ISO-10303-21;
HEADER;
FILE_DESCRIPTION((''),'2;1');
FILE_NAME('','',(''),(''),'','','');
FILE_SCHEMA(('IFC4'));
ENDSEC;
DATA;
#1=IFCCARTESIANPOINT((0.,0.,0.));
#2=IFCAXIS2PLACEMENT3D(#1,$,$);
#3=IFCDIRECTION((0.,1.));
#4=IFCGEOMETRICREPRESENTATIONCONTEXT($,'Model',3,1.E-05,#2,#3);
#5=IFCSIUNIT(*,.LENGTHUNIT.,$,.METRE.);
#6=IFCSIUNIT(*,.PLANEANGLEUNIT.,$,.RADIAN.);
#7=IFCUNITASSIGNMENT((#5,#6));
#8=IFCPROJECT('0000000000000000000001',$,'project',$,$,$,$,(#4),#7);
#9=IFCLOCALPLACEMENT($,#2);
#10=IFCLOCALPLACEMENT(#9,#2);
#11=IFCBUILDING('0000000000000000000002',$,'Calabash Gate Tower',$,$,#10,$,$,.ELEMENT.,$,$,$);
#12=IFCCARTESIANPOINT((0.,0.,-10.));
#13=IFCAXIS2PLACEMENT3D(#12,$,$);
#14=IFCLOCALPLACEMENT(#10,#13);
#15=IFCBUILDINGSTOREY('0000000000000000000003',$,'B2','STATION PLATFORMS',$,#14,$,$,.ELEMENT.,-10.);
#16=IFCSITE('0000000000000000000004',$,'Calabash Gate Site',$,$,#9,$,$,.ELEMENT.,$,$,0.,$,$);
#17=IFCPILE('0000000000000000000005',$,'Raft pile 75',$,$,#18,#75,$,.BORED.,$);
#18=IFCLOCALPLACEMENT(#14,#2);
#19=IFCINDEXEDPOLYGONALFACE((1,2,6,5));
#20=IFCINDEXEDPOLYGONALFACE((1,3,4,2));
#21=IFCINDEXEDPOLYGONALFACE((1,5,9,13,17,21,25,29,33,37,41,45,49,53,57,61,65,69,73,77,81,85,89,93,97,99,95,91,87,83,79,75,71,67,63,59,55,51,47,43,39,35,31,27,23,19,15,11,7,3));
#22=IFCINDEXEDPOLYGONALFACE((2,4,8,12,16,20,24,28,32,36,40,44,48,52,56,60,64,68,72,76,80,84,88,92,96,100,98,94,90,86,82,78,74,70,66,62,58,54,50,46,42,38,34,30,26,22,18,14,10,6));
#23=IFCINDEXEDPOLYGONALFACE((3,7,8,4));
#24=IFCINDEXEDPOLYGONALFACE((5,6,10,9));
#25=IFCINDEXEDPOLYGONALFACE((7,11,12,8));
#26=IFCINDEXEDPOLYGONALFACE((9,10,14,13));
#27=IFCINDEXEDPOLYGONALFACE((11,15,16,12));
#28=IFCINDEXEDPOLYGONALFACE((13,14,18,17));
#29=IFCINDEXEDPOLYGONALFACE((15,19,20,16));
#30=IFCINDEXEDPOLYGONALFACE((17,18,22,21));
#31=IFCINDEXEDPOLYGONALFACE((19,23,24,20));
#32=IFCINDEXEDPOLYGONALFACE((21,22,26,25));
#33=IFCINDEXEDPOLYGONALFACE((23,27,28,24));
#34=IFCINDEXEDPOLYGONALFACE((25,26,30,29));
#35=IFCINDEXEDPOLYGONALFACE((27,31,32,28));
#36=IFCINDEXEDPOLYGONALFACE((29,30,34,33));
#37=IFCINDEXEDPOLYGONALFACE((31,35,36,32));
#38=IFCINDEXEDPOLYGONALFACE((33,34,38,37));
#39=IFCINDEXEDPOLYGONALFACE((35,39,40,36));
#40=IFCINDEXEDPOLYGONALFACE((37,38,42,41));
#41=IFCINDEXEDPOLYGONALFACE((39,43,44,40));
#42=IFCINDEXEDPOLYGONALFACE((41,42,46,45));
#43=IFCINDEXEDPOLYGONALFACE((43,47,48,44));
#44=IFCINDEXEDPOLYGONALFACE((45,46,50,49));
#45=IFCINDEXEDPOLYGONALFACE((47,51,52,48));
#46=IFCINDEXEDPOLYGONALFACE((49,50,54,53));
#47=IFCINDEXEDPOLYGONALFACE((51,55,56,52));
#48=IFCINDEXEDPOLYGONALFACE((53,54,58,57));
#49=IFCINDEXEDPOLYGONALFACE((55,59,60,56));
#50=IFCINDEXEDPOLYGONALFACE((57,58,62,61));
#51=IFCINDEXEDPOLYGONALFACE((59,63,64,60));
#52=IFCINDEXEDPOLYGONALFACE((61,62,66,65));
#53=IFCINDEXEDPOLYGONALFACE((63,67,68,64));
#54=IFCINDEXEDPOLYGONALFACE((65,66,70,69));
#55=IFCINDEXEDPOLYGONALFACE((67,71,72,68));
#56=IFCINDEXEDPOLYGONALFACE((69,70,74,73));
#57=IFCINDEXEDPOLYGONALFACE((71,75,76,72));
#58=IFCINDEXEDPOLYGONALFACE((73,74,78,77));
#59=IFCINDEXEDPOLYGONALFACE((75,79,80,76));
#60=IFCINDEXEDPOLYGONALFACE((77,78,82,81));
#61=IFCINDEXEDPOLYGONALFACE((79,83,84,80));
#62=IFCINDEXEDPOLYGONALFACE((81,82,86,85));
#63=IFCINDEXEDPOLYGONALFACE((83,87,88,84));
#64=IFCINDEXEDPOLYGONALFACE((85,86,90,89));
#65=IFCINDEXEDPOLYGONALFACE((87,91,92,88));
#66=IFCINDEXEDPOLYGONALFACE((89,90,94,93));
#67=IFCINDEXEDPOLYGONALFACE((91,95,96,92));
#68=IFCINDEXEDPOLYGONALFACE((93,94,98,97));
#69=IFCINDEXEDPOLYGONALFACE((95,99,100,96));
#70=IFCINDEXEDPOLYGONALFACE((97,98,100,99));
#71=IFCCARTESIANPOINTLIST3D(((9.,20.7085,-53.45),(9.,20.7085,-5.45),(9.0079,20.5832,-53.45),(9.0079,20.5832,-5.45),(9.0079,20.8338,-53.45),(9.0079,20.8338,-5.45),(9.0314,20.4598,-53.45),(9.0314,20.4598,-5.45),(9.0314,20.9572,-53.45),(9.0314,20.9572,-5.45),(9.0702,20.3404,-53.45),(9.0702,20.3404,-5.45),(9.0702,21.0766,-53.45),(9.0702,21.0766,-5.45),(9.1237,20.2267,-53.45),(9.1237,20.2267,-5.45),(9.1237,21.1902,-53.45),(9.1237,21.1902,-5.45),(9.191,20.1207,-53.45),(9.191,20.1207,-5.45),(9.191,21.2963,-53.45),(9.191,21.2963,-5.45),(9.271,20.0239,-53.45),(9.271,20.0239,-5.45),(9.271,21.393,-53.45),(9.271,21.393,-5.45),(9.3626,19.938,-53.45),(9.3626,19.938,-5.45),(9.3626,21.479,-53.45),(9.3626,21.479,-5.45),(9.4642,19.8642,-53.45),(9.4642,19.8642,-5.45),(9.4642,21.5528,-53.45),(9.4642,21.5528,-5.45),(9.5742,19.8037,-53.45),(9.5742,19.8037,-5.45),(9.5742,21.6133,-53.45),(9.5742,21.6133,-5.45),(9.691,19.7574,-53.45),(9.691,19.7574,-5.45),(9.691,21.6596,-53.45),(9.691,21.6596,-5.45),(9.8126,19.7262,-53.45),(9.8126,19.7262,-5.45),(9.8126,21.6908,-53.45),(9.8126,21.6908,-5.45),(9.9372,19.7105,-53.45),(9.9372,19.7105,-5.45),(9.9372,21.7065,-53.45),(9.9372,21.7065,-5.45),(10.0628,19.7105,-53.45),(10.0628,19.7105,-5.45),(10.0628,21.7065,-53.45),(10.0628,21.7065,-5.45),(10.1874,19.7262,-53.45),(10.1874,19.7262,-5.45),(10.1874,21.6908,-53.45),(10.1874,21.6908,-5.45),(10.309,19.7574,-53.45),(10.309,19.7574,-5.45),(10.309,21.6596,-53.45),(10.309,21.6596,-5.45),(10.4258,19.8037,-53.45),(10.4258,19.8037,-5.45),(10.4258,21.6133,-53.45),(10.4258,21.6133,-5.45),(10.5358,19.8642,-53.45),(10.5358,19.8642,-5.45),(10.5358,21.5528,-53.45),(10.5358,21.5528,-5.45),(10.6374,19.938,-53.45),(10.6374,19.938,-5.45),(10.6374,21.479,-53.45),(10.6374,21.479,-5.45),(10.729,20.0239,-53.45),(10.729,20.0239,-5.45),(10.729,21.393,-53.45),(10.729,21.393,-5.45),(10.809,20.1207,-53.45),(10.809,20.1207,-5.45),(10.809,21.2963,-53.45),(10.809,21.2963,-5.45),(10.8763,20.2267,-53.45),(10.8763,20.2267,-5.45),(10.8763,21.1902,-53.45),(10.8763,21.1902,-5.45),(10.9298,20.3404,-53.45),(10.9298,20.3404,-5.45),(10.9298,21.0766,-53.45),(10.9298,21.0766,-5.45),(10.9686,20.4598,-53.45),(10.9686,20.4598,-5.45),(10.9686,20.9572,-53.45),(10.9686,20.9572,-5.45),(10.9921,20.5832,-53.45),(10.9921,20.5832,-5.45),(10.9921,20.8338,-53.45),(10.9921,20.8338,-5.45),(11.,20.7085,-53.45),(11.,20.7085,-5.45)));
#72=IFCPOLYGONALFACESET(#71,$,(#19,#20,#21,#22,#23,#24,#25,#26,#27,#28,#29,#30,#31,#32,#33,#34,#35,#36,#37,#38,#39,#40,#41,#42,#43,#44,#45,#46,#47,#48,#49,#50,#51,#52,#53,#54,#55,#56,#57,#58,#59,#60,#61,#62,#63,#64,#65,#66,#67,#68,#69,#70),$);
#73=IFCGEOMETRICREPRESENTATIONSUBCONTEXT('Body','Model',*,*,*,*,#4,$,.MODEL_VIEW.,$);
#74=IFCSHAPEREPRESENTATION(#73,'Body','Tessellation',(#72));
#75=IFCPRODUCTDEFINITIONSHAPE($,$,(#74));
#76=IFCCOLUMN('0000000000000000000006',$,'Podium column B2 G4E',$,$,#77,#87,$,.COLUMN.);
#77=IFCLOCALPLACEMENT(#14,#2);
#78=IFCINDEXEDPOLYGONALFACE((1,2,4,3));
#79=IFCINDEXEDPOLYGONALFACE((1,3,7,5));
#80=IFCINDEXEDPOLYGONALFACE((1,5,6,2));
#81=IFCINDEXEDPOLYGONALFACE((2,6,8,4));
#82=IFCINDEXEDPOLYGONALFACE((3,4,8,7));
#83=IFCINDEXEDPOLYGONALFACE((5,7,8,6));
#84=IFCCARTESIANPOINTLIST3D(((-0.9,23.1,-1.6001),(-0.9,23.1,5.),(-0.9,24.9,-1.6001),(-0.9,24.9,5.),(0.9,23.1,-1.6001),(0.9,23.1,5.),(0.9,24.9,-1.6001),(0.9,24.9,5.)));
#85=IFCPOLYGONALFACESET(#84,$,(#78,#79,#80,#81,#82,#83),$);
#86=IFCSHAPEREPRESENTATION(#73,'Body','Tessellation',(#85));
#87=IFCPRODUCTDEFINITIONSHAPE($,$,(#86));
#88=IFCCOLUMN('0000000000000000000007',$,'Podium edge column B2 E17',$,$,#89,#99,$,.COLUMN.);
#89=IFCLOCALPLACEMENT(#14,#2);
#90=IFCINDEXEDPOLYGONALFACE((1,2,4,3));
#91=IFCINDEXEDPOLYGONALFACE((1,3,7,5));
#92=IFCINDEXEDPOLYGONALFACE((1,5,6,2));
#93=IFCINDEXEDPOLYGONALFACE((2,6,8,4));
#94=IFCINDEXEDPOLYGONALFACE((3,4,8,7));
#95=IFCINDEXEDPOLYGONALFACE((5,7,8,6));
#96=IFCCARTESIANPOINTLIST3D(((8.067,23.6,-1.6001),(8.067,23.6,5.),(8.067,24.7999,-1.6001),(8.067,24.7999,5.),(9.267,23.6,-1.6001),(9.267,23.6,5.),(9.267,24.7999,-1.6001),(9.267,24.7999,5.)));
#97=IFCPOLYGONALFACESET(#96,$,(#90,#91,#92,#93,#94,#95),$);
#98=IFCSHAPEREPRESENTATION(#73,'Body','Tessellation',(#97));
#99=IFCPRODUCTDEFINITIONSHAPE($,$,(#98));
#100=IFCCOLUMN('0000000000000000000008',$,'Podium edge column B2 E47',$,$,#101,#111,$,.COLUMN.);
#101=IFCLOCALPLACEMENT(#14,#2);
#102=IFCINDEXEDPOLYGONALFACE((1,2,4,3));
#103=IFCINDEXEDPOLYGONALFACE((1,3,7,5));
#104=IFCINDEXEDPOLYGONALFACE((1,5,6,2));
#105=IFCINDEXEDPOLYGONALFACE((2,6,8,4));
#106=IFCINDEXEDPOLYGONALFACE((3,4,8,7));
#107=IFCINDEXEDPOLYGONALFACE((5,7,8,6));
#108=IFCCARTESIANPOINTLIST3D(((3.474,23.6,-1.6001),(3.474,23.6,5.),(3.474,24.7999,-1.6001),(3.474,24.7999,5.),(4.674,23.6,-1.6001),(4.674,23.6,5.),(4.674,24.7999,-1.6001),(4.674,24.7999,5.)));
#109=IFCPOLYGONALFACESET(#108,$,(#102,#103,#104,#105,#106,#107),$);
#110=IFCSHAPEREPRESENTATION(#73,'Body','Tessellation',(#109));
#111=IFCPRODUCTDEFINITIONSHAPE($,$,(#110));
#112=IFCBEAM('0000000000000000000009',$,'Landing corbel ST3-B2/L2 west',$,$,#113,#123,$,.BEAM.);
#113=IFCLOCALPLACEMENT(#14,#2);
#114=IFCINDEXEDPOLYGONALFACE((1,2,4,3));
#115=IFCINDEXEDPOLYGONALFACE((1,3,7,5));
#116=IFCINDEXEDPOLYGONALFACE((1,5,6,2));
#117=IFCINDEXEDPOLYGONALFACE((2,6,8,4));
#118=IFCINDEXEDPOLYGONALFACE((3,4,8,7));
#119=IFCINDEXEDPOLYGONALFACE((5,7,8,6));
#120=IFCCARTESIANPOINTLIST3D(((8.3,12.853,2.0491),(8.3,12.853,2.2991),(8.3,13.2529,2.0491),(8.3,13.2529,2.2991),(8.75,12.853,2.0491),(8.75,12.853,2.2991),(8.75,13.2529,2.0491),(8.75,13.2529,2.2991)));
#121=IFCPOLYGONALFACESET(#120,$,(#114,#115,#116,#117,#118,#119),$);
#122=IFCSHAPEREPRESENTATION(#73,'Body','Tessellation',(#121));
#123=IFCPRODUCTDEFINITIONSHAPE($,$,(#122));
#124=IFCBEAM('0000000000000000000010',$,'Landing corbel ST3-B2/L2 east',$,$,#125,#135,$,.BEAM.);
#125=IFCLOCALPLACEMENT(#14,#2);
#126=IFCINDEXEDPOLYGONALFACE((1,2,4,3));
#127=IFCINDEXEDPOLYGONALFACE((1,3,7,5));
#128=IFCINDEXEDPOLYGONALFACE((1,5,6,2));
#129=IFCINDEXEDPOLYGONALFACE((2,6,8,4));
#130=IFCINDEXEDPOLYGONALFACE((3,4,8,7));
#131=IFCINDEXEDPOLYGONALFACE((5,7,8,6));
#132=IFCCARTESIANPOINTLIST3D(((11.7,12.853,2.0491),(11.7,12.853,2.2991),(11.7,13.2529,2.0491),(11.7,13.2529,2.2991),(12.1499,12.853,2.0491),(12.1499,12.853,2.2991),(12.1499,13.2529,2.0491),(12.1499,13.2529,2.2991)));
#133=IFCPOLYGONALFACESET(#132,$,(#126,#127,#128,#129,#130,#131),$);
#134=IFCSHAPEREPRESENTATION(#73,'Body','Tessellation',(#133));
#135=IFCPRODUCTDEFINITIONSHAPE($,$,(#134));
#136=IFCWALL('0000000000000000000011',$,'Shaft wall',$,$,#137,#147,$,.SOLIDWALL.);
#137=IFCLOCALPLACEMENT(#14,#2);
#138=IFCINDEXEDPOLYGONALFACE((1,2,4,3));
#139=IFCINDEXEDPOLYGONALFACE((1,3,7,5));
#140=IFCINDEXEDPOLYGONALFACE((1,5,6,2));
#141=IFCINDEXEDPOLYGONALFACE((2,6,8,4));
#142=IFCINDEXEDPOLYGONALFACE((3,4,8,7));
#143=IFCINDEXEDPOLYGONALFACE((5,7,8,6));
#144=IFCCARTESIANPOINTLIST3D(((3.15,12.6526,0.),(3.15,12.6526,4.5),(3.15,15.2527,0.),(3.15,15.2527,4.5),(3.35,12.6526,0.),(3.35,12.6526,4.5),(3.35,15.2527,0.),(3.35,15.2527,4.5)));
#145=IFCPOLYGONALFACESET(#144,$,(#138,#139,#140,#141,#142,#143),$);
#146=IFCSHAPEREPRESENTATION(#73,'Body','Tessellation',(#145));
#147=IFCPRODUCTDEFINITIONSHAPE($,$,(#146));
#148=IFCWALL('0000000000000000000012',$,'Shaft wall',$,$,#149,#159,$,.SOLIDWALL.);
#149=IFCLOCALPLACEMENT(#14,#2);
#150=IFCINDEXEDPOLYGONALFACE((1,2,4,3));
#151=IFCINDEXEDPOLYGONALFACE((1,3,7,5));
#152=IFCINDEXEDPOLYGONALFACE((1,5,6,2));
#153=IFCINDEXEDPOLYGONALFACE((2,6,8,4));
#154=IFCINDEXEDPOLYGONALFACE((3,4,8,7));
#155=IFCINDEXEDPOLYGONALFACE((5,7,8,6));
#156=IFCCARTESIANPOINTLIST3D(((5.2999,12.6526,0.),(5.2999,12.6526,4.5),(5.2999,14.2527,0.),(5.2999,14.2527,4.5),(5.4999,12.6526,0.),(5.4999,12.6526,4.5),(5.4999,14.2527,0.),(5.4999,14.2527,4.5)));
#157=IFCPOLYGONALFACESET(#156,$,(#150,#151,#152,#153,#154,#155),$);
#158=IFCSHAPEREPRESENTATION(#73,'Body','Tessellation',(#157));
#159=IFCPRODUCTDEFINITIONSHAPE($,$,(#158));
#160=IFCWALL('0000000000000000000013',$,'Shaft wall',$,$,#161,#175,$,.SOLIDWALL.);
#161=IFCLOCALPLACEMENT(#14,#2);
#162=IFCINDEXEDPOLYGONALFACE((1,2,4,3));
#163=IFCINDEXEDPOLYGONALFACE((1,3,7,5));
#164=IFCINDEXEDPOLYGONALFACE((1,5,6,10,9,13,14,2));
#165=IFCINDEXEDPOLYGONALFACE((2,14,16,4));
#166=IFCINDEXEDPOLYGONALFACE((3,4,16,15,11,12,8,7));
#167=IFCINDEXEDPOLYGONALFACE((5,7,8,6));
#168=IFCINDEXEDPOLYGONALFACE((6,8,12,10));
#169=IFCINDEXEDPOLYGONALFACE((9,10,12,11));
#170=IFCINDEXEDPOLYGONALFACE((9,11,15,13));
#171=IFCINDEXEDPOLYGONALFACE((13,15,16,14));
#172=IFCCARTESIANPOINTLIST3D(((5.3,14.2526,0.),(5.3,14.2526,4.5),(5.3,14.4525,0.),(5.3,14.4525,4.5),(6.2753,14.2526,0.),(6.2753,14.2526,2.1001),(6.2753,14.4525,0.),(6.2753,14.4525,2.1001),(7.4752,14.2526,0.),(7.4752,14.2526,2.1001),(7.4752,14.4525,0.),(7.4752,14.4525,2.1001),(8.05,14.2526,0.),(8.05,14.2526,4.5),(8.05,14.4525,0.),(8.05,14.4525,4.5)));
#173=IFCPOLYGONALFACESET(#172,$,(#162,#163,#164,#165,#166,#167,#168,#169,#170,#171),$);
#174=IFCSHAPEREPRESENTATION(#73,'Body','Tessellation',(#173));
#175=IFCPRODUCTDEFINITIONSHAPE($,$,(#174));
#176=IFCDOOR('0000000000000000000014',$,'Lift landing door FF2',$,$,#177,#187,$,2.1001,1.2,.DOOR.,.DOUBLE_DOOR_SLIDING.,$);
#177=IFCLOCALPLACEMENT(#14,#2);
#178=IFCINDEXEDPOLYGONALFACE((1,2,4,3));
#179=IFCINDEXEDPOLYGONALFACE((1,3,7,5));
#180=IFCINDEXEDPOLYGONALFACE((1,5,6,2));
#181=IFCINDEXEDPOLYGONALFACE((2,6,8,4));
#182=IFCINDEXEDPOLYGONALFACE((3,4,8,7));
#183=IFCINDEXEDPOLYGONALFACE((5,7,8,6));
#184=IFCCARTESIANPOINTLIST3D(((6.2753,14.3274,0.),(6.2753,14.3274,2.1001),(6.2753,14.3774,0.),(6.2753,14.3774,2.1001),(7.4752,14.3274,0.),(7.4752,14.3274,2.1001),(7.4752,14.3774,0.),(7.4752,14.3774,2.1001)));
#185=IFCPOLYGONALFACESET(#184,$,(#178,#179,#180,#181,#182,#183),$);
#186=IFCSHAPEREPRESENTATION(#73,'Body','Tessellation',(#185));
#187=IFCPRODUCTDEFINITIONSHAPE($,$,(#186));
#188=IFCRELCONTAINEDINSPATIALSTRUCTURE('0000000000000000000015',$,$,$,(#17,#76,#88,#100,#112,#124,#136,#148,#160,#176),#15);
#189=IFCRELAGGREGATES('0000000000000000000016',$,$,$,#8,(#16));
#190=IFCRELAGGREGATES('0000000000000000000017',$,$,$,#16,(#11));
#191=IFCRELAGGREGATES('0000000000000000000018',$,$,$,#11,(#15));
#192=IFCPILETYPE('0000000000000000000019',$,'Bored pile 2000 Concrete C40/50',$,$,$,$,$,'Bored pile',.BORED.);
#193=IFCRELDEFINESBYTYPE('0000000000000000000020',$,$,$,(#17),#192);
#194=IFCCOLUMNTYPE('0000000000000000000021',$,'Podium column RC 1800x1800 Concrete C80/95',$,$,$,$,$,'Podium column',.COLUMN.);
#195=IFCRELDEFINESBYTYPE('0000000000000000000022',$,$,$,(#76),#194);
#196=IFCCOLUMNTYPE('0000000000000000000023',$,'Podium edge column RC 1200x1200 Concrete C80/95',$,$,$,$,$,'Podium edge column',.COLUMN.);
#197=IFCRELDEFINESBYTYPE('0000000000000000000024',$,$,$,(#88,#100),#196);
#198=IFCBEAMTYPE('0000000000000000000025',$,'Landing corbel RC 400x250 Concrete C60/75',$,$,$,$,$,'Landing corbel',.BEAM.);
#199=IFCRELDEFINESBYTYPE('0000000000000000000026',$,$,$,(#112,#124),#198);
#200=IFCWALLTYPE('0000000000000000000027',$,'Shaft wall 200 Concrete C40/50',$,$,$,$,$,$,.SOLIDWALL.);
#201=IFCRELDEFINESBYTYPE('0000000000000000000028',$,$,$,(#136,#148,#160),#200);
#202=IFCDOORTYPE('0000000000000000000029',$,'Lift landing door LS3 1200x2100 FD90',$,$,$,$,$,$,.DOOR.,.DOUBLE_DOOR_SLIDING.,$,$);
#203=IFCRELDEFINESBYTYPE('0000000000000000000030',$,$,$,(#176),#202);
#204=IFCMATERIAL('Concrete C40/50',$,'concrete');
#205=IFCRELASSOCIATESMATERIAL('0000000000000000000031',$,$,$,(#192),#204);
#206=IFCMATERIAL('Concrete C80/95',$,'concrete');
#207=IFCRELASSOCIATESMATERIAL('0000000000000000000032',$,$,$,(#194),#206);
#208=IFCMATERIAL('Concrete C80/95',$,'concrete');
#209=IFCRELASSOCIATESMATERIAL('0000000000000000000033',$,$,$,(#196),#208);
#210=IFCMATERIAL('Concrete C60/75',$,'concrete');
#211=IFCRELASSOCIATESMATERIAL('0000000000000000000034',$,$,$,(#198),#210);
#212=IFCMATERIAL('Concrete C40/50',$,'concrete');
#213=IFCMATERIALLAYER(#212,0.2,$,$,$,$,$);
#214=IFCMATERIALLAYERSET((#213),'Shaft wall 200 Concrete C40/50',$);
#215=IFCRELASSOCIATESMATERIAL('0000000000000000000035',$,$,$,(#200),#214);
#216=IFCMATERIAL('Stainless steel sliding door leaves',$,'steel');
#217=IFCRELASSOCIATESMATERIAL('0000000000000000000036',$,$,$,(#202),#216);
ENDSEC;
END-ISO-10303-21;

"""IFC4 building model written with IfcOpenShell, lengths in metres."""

from ifc_helpers import new_model, si_unit, direction, frame, frame_2d, origin, origin_2d, place, context, subcontext, project, spatial, rectangle, circle, extrude, material, layer, layer_set, material_profile, profile_set, type_object, element, fill, save


model = new_model("IFC4")

# Units and contexts
model_context = context("Model", 3, precision=1e-05, world=origin(), true_north=direction((0.0, 1.0)))
body_context = subcontext(model_context, "Body", "Model", "MODEL_VIEW")
ifc_project = project(units=[si_unit("LENGTHUNIT", "METRE"), si_unit("PLANEANGLEUNIT", "RADIAN")], contexts=[model_context])

# Site, building, storey
site_placement = place(None, origin())
site = spatial("IfcSite", under=ifc_project, at=site_placement, Name="Calabash Gate Site", CompositionType="ELEMENT", RefElevation=0.0)
building_placement = place(site_placement, origin())
building = spatial("IfcBuilding", under=site, at=building_placement, Name="Calabash Gate Tower", CompositionType="ELEMENT")
storey_placement = place(building_placement, frame((0.0, 0.0, -10.0)))
storey = spatial("IfcBuildingStorey", under=building, at=storey_placement, Name="B2", Description="STATION PLATFORMS", CompositionType="ELEMENT", Elevation=-10.0)

# Pile
ifc_material_1 = material(Name="Concrete C40/50", Category="concrete")
ifc_material_profile_1 = material_profile(ifc_material_1, circle(Radius=1.0, at=origin_2d()))
ifc_profile_set_1 = profile_set([ifc_material_profile_1], Name="Concrete C40/50")
pile_type = type_object("IfcPileType", Name="Bored pile 2000 Concrete C40/50", ElementType="Bored pile", PredefinedType="BORED", material=ifc_profile_set_1)
for number, where, z_axis, x_axis, name in (
    (1, (10.0, 20.7085, -5.45), (0.0, 0.0, -1.0), (1.0, 0.0, 0.0), "Raft pile 75"),
):
    element("IfcPile", number, at=place(storey_placement, frame(where, z_axis=z_axis, x_axis=x_axis)), inside=storey, type_object=pile_type, Name=name, PredefinedType="BORED", context=body_context, shape_type="SweptSolid", body=[
        extrude(circle(Radius=1.0, at=origin_2d()), origin(), (0.0, 0.0, 1.0), 48.0),
    ])

# Columns
ifc_material_2 = material(Name="Concrete C80/95", Category="concrete")
ifc_material_profile_2 = material_profile(ifc_material_2, rectangle(XDim=1.8, YDim=1.8, at=origin_2d()))
ifc_profile_set_2 = profile_set([ifc_material_profile_2], Name="Concrete C80/95")
column_type_1 = type_object("IfcColumnType", Name="Podium column RC 1800x1800 Concrete C80/95", ElementType="Podium column", PredefinedType="COLUMN", material=ifc_profile_set_2)
column_placement = place(storey_placement, frame((0.0, 24.0, -1.6001), z_axis=(0.0, 0.0, 1.0), x_axis=(1.0, 0.0, 0.0)))
element("IfcColumn", 2, at=column_placement, inside=storey, type_object=column_type_1, Name="Podium column B2 G4E", PredefinedType="COLUMN", context=body_context, shape_type="SweptSolid", body=[
    extrude(rectangle(XDim=1.8, YDim=1.8, at=origin_2d()), origin(), (0.0, 0.0, 1.0), 6.6001),
])
ifc_material_3 = material(Name="Concrete C80/95", Category="concrete")
ifc_material_profile_3 = material_profile(ifc_material_3, rectangle(XDim=1.2, YDim=1.2, at=origin_2d()))
ifc_profile_set_3 = profile_set([ifc_material_profile_3], Name="Concrete C80/95")
column_type_2 = type_object("IfcColumnType", Name="Podium edge column RC 1200x1200 Concrete C80/95", ElementType="Podium edge column", PredefinedType="COLUMN", material=ifc_profile_set_3)
for number, where, z_axis, x_axis, name in (
    (3, (8.667, 24.2, -1.6001), (0.0, 0.0, 1.0), (1.0, 0.0, 0.0), "Podium edge column B2 E17"),
    (4, (4.074, 24.2, -1.6001), (0.0, 0.0, 1.0), (1.0, 0.0, 0.0), "Podium edge column B2 E47"),
):
    element("IfcColumn", number, at=place(storey_placement, frame(where, z_axis=z_axis, x_axis=x_axis)), inside=storey, type_object=column_type_2, Name=name, PredefinedType="COLUMN", context=body_context, shape_type="SweptSolid", body=[
        extrude(rectangle(XDim=1.2, YDim=1.2, at=origin_2d()), origin(), (0.0, 0.0, 1.0), 6.6001),
    ])

# Beams
ifc_material_4 = material(Name="Concrete C60/75", Category="concrete")
ifc_material_profile_4 = material_profile(ifc_material_4, rectangle(XDim=0.3999, YDim=0.25, at=origin_2d()))
ifc_profile_set_4 = profile_set([ifc_material_profile_4], Name="Concrete C60/75")
beam_type = type_object("IfcBeamType", Name="Landing corbel RC 400x250 Concrete C60/75", ElementType="Landing corbel", PredefinedType="BEAM", material=ifc_profile_set_4)
for number, where, z_axis, x_axis, name in (
    (5, (8.3, 13.053, 2.1741), (1.0, 0.0, 0.0), (0.0, 1.0, 0.0), "Landing corbel ST3-B2/L2 west"),
    (6, (12.1499, 13.053, 2.1741), (-1.0, 0.0, 0.0), (0.0, -1.0, 0.0), "Landing corbel ST3-B2/L2 east"),
):
    element("IfcBeam", number, at=place(storey_placement, frame(where, z_axis=z_axis, x_axis=x_axis)), inside=storey, type_object=beam_type, Name=name, PredefinedType="BEAM", context=body_context, shape_type="SweptSolid", body=[
        extrude(rectangle(XDim=0.3999, YDim=0.25, at=origin_2d()), origin(), (0.0, 0.0, 1.0), 0.45),
    ])

# Walls
ifc_material_5 = material(Name="Concrete C40/50", Category="concrete")
ifc_layer = layer(ifc_material_5, 0.2)
ifc_layer_set = layer_set([ifc_layer], Name="Shaft wall 200 Concrete C40/50")
wall_type = type_object("IfcWallType", Name="Shaft wall 200 Concrete C40/50", PredefinedType="SOLIDWALL", material=ifc_layer_set)
wall_1_placement = place(storey_placement, frame((3.25, 12.6526, 0.0), z_axis=(0.0, 0.0, 1.0), x_axis=(0.0, 1.0, 0.0)))
element("IfcWall", 7, at=wall_1_placement, inside=storey, type_object=wall_type, Name="Shaft wall", PredefinedType="SOLIDWALL", context=body_context, shape_type="SweptSolid", body=[
    extrude(rectangle(XDim=2.6001, YDim=0.2, at=frame_2d((1.3, 0.0))), origin(), (0.0, 0.0, 1.0), 4.5),
])
wall_2_placement = place(storey_placement, frame((5.3999, 12.6526, 0.0), z_axis=(0.0, 0.0, 1.0), x_axis=(0.0, 1.0, 0.0)))
element("IfcWall", 8, at=wall_2_placement, inside=storey, type_object=wall_type, Name="Shaft wall", PredefinedType="SOLIDWALL", context=body_context, shape_type="SweptSolid", body=[
    extrude(rectangle(XDim=1.6001, YDim=0.2, at=frame_2d((0.8, 0.0))), origin(), (0.0, 0.0, 1.0), 4.5),
])

# Wall, opening, door
wall_3_placement = place(storey_placement, frame((5.3, 14.3525, 0.0), z_axis=(0.0, 0.0, 1.0), x_axis=(1.0, 0.0, 0.0)))
wall_3 = element("IfcWall", 9, at=wall_3_placement, inside=storey, type_object=wall_type, Name="Shaft wall", PredefinedType="SOLIDWALL", context=body_context, shape_type="SweptSolid", body=[
    extrude(rectangle(XDim=2.75, YDim=0.2, at=frame_2d((1.375, 0.0))), origin(), (0.0, 0.0, 1.0), 4.5),
])
opening_placement = place(wall_3_placement, frame((0.9751, 0.0, 0.0)))
opening = element("IfcOpeningElement", 10, at=opening_placement, cuts=wall_3, PredefinedType="OPENING", context=body_context, shape_type="SweptSolid", body=[
    extrude(rectangle(XDim=1.2, YDim=2.1001, at=frame_2d((0.6001, 1.05))), frame((0.0, 0.1099, 0.0), z_axis=(0.0, -1.0, 0.0), x_axis=(1.0, 0.0, 0.0)), (0.0, 0.0, 1.0), 0.22),
])
ifc_material_6 = material(Name="Stainless steel sliding door leaves", Category="steel")
door_type = type_object("IfcDoorType", Name="Lift landing door LS3 1200x2100 FD90", OperationType="DOUBLE_DOOR_SLIDING", PredefinedType="DOOR", material=ifc_material_6)
door_placement = place(opening_placement, origin())
door = element("IfcDoor", 11, at=door_placement, inside=storey, type_object=door_type, Name="Lift landing door FF2", OperationType="DOUBLE_DOOR_SLIDING", OverallHeight=2.1001, OverallWidth=1.2, PredefinedType="DOOR", context=body_context, shape_type="SweptSolid", body=[
    extrude(rectangle(XDim=1.2, YDim=2.1001, at=frame_2d((0.6001, 1.05))), frame((0.0, 0.0249, 0.0), z_axis=(0.0, -1.0, 0.0), x_axis=(1.0, 0.0, 0.0)), (0.0, 0.0, 1.0), 0.05),
])
fill(opening, door)

save(model, "model.ifc")
